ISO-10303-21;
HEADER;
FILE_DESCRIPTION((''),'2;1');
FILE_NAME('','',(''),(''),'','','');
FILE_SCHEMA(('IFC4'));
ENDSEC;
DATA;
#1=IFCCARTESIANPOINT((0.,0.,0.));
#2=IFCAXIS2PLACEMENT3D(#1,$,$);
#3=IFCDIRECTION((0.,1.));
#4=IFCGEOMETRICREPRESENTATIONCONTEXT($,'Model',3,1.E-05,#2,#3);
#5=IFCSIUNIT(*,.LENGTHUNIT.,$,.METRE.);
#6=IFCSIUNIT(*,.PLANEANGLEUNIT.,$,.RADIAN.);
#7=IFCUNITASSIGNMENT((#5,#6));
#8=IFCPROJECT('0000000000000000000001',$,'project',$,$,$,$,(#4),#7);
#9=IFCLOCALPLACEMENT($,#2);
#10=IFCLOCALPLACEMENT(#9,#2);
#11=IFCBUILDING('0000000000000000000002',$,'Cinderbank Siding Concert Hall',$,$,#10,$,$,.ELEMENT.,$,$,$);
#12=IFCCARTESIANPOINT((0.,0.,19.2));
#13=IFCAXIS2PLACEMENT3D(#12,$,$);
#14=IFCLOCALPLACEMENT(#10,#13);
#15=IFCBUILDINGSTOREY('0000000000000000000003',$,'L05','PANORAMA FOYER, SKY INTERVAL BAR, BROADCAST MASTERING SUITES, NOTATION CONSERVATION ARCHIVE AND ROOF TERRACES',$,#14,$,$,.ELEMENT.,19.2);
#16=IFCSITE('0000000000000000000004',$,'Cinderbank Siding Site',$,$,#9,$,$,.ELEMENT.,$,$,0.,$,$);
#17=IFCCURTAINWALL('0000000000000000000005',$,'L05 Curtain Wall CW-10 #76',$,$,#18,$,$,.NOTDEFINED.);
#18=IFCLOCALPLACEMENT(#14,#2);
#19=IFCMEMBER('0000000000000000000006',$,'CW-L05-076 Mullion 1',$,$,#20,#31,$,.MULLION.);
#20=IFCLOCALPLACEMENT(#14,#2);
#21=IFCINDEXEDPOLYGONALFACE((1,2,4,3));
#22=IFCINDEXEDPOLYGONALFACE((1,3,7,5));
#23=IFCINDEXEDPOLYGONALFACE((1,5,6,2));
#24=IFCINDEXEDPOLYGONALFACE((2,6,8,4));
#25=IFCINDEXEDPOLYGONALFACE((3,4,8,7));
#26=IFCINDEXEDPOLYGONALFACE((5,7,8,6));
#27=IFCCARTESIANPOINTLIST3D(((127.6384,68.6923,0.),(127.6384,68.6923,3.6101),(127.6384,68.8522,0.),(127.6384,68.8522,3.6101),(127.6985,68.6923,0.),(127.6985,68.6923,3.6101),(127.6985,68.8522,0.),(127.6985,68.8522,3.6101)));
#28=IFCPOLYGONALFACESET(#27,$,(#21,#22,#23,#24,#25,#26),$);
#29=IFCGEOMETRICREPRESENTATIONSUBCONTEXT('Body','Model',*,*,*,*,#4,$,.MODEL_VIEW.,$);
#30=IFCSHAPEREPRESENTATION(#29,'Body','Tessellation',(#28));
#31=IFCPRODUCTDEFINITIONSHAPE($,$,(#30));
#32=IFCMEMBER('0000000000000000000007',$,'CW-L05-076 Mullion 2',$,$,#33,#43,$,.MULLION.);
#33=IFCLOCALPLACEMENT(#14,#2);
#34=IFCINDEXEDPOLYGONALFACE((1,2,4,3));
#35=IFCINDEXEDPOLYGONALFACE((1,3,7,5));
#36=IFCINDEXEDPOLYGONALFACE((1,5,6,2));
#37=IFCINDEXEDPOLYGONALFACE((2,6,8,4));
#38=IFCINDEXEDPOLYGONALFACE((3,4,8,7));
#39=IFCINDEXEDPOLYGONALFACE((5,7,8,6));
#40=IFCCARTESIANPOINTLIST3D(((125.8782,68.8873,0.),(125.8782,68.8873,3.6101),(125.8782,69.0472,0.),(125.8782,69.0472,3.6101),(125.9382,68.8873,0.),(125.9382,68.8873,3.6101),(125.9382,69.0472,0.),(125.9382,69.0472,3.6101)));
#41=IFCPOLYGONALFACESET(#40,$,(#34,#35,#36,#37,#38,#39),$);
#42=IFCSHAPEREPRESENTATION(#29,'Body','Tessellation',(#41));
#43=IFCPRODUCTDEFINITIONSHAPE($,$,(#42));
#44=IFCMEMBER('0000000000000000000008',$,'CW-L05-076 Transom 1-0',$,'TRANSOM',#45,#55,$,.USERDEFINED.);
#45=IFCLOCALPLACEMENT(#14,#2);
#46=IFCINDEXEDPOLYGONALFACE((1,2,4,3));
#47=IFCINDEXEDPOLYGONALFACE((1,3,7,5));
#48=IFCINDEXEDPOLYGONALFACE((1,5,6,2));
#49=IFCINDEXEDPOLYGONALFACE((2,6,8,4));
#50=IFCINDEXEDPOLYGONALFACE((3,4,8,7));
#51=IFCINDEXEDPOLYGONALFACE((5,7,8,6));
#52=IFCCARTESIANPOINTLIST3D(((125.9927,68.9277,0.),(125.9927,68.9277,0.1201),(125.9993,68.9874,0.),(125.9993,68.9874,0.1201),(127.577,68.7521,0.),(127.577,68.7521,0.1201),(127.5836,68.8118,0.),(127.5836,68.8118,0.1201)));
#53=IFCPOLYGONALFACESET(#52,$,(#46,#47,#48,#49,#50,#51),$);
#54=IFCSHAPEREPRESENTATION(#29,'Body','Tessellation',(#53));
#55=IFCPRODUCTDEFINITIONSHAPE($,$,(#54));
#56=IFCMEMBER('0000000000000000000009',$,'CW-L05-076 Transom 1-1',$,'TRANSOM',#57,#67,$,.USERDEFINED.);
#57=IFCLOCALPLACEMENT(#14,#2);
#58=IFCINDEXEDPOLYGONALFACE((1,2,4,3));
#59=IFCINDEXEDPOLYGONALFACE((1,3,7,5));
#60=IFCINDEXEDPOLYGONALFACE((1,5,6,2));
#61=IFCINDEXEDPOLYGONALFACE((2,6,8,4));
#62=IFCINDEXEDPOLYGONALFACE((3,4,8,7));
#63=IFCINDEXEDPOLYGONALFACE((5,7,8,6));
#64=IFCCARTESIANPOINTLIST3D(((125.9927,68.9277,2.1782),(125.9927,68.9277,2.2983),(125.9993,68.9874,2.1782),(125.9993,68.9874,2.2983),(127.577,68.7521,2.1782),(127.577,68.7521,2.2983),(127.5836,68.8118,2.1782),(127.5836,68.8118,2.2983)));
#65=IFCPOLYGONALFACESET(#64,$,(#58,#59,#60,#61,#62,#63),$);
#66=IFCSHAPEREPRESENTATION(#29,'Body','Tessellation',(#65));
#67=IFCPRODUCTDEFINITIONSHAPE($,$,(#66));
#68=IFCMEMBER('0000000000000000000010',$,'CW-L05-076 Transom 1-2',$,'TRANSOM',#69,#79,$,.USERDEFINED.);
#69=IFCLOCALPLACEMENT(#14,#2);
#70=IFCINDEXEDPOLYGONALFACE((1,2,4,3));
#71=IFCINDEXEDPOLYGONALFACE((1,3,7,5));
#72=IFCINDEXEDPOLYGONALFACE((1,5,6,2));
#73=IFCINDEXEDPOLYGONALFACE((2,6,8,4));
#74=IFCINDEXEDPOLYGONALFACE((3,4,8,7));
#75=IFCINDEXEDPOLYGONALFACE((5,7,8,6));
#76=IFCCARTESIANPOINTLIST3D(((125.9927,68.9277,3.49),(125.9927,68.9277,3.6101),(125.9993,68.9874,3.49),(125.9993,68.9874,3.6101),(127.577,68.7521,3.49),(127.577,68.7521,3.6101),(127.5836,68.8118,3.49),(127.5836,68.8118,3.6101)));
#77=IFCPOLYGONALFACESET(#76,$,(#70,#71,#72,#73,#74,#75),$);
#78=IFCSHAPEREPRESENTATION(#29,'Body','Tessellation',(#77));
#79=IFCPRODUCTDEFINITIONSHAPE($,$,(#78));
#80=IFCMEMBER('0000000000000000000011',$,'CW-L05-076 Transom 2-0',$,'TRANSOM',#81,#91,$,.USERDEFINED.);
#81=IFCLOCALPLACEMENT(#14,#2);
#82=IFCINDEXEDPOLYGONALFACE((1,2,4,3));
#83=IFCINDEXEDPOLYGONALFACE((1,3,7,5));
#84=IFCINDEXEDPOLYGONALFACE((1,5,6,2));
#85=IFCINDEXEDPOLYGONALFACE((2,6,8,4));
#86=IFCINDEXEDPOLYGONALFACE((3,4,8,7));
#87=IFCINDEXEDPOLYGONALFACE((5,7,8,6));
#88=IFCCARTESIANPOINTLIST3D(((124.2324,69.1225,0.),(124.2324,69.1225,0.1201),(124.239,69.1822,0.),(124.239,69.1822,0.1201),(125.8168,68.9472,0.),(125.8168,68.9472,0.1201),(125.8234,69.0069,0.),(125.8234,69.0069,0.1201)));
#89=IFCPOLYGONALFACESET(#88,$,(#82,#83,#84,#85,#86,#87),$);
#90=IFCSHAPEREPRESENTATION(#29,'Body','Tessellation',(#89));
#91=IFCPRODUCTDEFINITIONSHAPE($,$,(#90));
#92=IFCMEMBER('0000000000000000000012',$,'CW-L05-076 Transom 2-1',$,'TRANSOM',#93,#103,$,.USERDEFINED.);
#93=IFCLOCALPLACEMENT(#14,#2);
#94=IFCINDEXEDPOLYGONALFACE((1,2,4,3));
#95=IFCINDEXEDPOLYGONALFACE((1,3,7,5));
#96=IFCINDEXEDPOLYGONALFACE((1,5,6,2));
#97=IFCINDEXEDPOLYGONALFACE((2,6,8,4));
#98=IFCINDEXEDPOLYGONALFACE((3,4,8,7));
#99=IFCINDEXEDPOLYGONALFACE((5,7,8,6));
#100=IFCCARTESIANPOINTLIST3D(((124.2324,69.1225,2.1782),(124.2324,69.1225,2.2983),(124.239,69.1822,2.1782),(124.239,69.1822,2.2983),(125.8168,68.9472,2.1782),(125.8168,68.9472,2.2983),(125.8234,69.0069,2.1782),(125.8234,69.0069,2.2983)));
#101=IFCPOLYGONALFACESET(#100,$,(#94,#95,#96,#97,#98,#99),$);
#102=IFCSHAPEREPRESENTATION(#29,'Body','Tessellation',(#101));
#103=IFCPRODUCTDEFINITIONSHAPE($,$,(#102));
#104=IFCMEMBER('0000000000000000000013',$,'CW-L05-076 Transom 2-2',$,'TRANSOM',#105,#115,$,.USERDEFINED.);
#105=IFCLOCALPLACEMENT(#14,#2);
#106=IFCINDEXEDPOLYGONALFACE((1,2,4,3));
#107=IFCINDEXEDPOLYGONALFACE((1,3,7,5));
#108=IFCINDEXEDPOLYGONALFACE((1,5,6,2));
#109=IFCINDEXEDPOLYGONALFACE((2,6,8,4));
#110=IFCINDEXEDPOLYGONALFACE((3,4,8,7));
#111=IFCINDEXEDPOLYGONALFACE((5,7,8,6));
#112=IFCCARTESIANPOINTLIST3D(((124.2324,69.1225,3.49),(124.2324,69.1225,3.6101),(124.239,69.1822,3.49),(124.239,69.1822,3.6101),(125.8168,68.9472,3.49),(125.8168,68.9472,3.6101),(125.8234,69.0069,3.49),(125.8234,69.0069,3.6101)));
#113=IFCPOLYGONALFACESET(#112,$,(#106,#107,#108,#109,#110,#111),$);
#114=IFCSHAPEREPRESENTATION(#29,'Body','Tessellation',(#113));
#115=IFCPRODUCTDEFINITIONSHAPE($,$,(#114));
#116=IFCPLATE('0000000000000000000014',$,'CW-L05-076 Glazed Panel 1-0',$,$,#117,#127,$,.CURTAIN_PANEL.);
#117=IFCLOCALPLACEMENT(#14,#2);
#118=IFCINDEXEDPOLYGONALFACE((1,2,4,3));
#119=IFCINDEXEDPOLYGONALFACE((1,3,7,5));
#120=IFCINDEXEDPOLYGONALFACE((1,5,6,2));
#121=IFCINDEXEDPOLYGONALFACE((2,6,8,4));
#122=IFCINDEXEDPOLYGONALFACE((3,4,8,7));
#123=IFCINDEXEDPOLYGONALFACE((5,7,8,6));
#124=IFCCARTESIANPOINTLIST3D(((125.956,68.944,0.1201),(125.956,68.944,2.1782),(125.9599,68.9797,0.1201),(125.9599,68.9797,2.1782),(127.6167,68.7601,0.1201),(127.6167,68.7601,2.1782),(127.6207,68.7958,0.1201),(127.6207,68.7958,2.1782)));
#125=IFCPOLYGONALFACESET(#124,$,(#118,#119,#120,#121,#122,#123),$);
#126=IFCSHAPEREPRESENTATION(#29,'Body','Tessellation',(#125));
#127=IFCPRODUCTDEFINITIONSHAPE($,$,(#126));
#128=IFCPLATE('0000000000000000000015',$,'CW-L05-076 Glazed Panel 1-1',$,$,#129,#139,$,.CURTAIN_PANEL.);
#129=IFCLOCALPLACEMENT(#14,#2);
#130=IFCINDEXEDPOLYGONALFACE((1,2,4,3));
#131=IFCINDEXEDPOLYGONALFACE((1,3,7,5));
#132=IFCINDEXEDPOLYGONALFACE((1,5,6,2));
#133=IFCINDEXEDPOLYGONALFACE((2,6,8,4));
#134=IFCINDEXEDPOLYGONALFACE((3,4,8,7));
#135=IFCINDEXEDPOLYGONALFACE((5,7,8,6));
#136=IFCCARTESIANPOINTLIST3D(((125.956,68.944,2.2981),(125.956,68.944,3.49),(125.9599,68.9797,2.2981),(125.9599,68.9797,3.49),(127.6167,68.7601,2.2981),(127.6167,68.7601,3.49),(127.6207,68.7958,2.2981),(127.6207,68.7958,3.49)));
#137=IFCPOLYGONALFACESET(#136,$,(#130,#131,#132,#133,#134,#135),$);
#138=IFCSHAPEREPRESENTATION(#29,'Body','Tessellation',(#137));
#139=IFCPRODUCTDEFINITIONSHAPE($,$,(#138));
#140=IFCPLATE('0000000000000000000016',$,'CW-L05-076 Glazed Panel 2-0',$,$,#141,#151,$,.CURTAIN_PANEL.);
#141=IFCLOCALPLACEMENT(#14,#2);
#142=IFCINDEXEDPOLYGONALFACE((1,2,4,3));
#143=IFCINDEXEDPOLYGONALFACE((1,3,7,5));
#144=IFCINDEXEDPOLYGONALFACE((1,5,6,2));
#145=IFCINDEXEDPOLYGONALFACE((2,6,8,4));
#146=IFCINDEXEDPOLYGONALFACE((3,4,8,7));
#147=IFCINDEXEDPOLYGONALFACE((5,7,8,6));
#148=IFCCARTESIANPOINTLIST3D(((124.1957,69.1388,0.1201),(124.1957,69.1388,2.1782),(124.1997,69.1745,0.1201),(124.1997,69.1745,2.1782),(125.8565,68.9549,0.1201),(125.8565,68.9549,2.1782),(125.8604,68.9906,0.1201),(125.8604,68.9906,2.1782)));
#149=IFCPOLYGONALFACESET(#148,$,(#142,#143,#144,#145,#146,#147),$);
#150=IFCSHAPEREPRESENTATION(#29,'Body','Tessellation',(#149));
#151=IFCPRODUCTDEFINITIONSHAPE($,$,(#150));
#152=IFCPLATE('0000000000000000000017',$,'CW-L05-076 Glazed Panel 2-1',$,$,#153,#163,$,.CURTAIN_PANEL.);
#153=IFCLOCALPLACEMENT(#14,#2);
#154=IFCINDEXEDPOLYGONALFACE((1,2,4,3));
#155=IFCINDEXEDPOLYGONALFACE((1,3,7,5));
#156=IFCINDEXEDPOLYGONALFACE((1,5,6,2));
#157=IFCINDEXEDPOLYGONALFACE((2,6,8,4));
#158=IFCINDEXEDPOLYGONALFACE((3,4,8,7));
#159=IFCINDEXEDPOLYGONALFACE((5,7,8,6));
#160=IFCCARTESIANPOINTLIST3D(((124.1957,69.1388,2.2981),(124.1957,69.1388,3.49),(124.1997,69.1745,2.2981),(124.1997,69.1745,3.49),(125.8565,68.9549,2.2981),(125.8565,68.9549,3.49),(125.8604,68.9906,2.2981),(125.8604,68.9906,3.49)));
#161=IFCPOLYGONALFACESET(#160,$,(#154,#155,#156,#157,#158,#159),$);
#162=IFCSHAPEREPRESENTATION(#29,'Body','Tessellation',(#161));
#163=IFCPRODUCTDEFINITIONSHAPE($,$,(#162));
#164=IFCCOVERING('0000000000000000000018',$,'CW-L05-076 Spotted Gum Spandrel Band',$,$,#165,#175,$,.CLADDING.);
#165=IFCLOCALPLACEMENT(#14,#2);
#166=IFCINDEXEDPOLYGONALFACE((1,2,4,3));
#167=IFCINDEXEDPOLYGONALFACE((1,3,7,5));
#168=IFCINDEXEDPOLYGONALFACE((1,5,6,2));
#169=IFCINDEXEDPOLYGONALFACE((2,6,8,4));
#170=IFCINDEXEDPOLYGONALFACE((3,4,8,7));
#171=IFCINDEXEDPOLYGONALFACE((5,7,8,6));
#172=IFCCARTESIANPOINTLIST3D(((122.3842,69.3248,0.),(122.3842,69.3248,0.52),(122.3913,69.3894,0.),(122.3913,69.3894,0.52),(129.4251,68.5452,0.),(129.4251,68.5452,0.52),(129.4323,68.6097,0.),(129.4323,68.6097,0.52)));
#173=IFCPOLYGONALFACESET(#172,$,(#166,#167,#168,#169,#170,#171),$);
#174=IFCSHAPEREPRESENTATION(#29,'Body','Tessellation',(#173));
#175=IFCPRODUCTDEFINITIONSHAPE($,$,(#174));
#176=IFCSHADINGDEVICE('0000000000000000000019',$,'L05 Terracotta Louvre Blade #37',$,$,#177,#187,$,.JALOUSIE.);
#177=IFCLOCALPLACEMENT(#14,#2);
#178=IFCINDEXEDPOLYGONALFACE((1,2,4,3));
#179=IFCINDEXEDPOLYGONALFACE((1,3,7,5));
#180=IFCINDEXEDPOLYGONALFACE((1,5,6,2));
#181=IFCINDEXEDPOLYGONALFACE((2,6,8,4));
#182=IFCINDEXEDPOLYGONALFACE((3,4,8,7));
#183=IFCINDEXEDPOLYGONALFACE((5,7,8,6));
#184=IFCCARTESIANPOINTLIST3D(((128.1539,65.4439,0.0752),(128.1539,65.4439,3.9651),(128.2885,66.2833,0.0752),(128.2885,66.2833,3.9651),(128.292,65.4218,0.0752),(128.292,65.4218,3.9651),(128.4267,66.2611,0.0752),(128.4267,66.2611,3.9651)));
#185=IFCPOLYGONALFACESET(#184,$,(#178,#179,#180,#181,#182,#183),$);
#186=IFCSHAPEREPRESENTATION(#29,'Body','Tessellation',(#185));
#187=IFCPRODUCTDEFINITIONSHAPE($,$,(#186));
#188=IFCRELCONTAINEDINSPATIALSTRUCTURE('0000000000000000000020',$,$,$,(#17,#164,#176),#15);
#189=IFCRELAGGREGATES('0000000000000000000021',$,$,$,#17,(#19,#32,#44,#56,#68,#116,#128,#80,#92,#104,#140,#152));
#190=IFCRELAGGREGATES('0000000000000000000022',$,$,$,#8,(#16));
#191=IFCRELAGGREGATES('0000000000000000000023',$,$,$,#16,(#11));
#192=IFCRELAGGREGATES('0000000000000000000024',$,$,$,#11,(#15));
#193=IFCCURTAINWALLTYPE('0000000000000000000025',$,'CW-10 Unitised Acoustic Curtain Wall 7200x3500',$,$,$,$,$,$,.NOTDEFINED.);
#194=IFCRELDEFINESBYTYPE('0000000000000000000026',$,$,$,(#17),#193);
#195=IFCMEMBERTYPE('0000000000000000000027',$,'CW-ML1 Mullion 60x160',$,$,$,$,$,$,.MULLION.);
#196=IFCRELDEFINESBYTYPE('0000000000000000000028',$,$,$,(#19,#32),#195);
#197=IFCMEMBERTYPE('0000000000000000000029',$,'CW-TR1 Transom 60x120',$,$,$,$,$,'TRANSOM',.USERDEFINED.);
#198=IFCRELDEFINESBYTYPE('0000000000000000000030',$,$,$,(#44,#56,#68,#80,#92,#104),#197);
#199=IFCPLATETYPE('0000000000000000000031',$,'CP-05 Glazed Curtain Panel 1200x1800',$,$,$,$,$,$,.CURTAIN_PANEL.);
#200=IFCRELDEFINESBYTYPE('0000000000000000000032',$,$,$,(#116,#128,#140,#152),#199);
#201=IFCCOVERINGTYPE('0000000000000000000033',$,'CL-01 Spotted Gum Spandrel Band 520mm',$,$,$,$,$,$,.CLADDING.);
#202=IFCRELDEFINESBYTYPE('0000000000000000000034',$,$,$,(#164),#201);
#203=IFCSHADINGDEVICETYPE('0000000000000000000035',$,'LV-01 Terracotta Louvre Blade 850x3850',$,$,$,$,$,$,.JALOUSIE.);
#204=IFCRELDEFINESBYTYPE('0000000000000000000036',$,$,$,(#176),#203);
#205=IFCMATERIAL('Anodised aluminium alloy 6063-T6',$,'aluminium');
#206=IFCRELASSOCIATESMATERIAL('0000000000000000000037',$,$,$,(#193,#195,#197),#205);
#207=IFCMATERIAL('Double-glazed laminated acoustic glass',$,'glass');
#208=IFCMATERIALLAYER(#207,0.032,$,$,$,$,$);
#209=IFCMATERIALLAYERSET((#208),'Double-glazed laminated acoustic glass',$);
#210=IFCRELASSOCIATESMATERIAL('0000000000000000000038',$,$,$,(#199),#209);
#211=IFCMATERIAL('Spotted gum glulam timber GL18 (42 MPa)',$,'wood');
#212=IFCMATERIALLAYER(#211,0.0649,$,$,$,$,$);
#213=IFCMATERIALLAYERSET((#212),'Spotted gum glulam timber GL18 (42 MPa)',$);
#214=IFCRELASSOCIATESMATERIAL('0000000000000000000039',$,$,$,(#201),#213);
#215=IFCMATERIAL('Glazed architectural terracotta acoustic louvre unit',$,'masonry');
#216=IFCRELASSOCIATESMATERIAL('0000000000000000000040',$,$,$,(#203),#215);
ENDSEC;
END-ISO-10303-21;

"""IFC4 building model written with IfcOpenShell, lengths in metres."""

from ifc_helpers import new_model, si_unit, direction, frame, origin, origin_2d, place, context, subcontext, project, spatial, rectangle, extrude, material, layer, layer_set, material_profile, profile_set, type_object, element, aggregate, save


model = new_model("IFC4")

# Units and contexts
model_context = context("Model", 3, precision=1e-05, world=origin(), true_north=direction((0.0, 1.0)))
body_context = subcontext(model_context, "Body", "Model", "MODEL_VIEW")
ifc_project = project(units=[si_unit("LENGTHUNIT", "METRE"), si_unit("PLANEANGLEUNIT", "RADIAN")], contexts=[model_context])

# Site, building, storey
site_placement = place(None, origin())
site = spatial("IfcSite", under=ifc_project, at=site_placement, Name="Cinderbank Siding Site", CompositionType="ELEMENT", RefElevation=0.0)
building_placement = place(site_placement, origin())
building = spatial("IfcBuilding", under=site, at=building_placement, Name="Cinderbank Siding Concert Hall", CompositionType="ELEMENT")
storey_placement = place(building_placement, frame((0.0, 0.0, 19.2)))
storey = spatial("IfcBuildingStorey", under=building, at=storey_placement, Name="L05", Description="PANORAMA FOYER, SKY INTERVAL BAR, BROADCAST MASTERING SUITES, NOTATION CONSERVATION ARCHIVE AND ROOF TERRACES", CompositionType="ELEMENT", Elevation=19.2)

# Curtain wall, members, plates
ifc_material_1 = material(Name="Anodised aluminium alloy 6063-T6", Category="aluminium")
curtain_wall_type = type_object("IfcCurtainWallType", Name="CW-10 Unitised Acoustic Curtain Wall 7200x3500", PredefinedType="NOTDEFINED", material=ifc_material_1)
curtain_wall_placement = place(storey_placement, origin())
curtain_wall = element("IfcCurtainWall", 1, at=curtain_wall_placement, inside=storey, type_object=curtain_wall_type, Name="L05 Curtain Wall CW-10 #76", PredefinedType="NOTDEFINED")
ifc_material_profile_1 = material_profile(ifc_material_1, rectangle(XDim=0.0601, YDim=0.1599, at=origin_2d()), Name="ALU-MULL-60x160", Category="LoadBearing")
ifc_profile_set_1 = profile_set([ifc_material_profile_1], Name="Anodised aluminium alloy 6063-T6")
member_type_1 = type_object("IfcMemberType", Name="CW-ML1 Mullion 60x160", PredefinedType="MULLION", material=ifc_profile_set_1)
member_1_placement = place(storey_placement, frame((127.6685, 68.7722, 0.0), z_axis=(0.0, 0.0, 1.0), x_axis=(1.0, 0.0, 0.0)))
member_1 = element("IfcMember", 2, at=member_1_placement, type_object=member_type_1, Name="CW-L05-076 Mullion 1", PredefinedType="MULLION", context=body_context, shape_type="SweptSolid", body=[
    extrude(rectangle(XDim=0.0601, YDim=0.1599, at=origin_2d()), origin(), (0.0, 0.0, 1.0), 3.6101),
])
member_2_placement = place(storey_placement, frame((125.9082, 68.9673, 0.0), z_axis=(0.0, 0.0, 1.0), x_axis=(1.0, 0.0, 0.0)))
member_2 = element("IfcMember", 3, at=member_2_placement, type_object=member_type_1, Name="CW-L05-076 Mullion 2", PredefinedType="MULLION", context=body_context, shape_type="SweptSolid", body=[
    extrude(rectangle(XDim=0.0601, YDim=0.1599, at=origin_2d()), origin(), (0.0, 0.0, 1.0), 3.6101),
])
ifc_material_profile_2 = material_profile(ifc_material_1, rectangle(XDim=0.0601, YDim=0.1201, at=origin_2d()), Name="ALU-TRAN-60x120", Category="LoadBearing")
ifc_profile_set_2 = profile_set([ifc_material_profile_2], Name="Anodised aluminium alloy 6063-T6")
member_type_2 = type_object("IfcMemberType", Name="CW-TR1 Transom 60x120", ElementType="TRANSOM", PredefinedType="USERDEFINED", material=ifc_profile_set_2)
member_3_placement = place(storey_placement, frame((127.5803, 68.782, 0.0601), z_axis=(-0.993917, 0.110129, 0.0), x_axis=(-0.110129, -0.993917, 0.0)))
member_3 = element("IfcMember", 4, at=member_3_placement, type_object=member_type_2, Name="CW-L05-076 Transom 1-0", ObjectType="TRANSOM", PredefinedType="USERDEFINED", context=body_context, shape_type="SweptSolid", body=[
    extrude(rectangle(XDim=0.0601, YDim=0.1201, at=origin_2d()), origin(), (0.0, 0.0, 1.0), 1.594),
])
member_4_placement = place(storey_placement, frame((127.5803, 68.782, 2.2383), z_axis=(-0.993917, 0.110129, 0.0), x_axis=(-0.110129, -0.993917, 0.0)))
member_4 = element("IfcMember", 5, at=member_4_placement, type_object=member_type_2, Name="CW-L05-076 Transom 1-1", ObjectType="TRANSOM", PredefinedType="USERDEFINED", context=body_context, shape_type="SweptSolid", body=[
    extrude(rectangle(XDim=0.0601, YDim=0.1201, at=origin_2d()), origin(), (0.0, 0.0, 1.0), 1.594),
])
member_5_placement = place(storey_placement, frame((127.5803, 68.782, 3.55), z_axis=(-0.993917, 0.110129, 0.0), x_axis=(-0.110129, -0.993917, 0.0)))
member_5 = element("IfcMember", 6, at=member_5_placement, type_object=member_type_2, Name="CW-L05-076 Transom 1-2", ObjectType="TRANSOM", PredefinedType="USERDEFINED", context=body_context, shape_type="SweptSolid", body=[
    extrude(rectangle(XDim=0.0601, YDim=0.1201, at=origin_2d()), origin(), (0.0, 0.0, 1.0), 1.594),
])
member_6_placement = place(storey_placement, frame((125.8201, 68.9771, 0.0601), z_axis=(-0.993934, 0.109978, 0.0), x_axis=(-0.109978, -0.993934, 0.0)))
member_6 = element("IfcMember", 7, at=member_6_placement, type_object=member_type_2, Name="CW-L05-076 Transom 2-0", ObjectType="TRANSOM", PredefinedType="USERDEFINED", context=body_context, shape_type="SweptSolid", body=[
    extrude(rectangle(XDim=0.0601, YDim=0.1201, at=origin_2d()), origin(), (0.0, 0.0, 1.0), 1.594),
])
member_7_placement = place(storey_placement, frame((125.8201, 68.9771, 2.2383), z_axis=(-0.993934, 0.109978, 0.0), x_axis=(-0.109978, -0.993934, 0.0)))
member_7 = element("IfcMember", 8, at=member_7_placement, type_object=member_type_2, Name="CW-L05-076 Transom 2-1", ObjectType="TRANSOM", PredefinedType="USERDEFINED", context=body_context, shape_type="SweptSolid", body=[
    extrude(rectangle(XDim=0.0601, YDim=0.1201, at=origin_2d()), origin(), (0.0, 0.0, 1.0), 1.594),
])
member_8_placement = place(storey_placement, frame((125.8201, 68.9771, 3.55), z_axis=(-0.993934, 0.109978, 0.0), x_axis=(-0.109978, -0.993934, 0.0)))
member_8 = element("IfcMember", 9, at=member_8_placement, type_object=member_type_2, Name="CW-L05-076 Transom 2-2", ObjectType="TRANSOM", PredefinedType="USERDEFINED", context=body_context, shape_type="SweptSolid", body=[
    extrude(rectangle(XDim=0.0601, YDim=0.1201, at=origin_2d()), origin(), (0.0, 0.0, 1.0), 1.594),
])
ifc_material_2 = material(Name="Double-glazed laminated acoustic glass", Category="glass")
ifc_layer_1 = layer(ifc_material_2, 0.032)
ifc_layer_set_1 = layer_set([ifc_layer_1], Name="Double-glazed laminated acoustic glass")
plate_type = type_object("IfcPlateType", Name="CP-05 Glazed Curtain Panel 1200x1800", PredefinedType="CURTAIN_PANEL", material=ifc_layer_set_1)
plate_1_placement = place(storey_placement, frame((126.7883, 68.8699, 0.1201), z_axis=(0.0, 0.0, 1.0), x_axis=(-0.993925, 0.110057, 0.0)))
plate_1 = element("IfcPlate", 10, at=plate_1_placement, type_object=plate_type, Name="CW-L05-076 Glazed Panel 1-0", PredefinedType="CURTAIN_PANEL", context=body_context, shape_type="SweptSolid", body=[
    extrude(rectangle(XDim=1.6709, YDim=0.0359, at=origin_2d()), origin(), (0.0, 0.0, 1.0), 2.0581),
])
plate_2_placement = place(storey_placement, frame((126.7883, 68.8699, 2.2981), z_axis=(0.0, 0.0, 1.0), x_axis=(-0.993925, 0.110057, 0.0)))
plate_2 = element("IfcPlate", 11, at=plate_2_placement, type_object=plate_type, Name="CW-L05-076 Glazed Panel 1-1", PredefinedType="CURTAIN_PANEL", context=body_context, shape_type="SweptSolid", body=[
    extrude(rectangle(XDim=1.6709, YDim=0.0359, at=origin_2d()), origin(), (0.0, 0.0, 1.0), 1.1919),
])
plate_3_placement = place(storey_placement, frame((125.0281, 69.0647, 0.1201), z_axis=(0.0, 0.0, 1.0), x_axis=(-0.993925, 0.110057, 0.0)))
plate_3 = element("IfcPlate", 12, at=plate_3_placement, type_object=plate_type, Name="CW-L05-076 Glazed Panel 2-0", PredefinedType="CURTAIN_PANEL", context=body_context, shape_type="SweptSolid", body=[
    extrude(rectangle(XDim=1.6709, YDim=0.0359, at=origin_2d()), origin(), (0.0, 0.0, 1.0), 2.0581),
])
plate_4_placement = place(storey_placement, frame((125.0281, 69.0647, 2.2981), z_axis=(0.0, 0.0, 1.0), x_axis=(-0.993925, 0.110057, 0.0)))
plate_4 = element("IfcPlate", 13, at=plate_4_placement, type_object=plate_type, Name="CW-L05-076 Glazed Panel 2-1", PredefinedType="CURTAIN_PANEL", context=body_context, shape_type="SweptSolid", body=[
    extrude(rectangle(XDim=1.6709, YDim=0.0359, at=origin_2d()), origin(), (0.0, 0.0, 1.0), 1.1919),
])
aggregate(curtain_wall, [member_1, member_2, member_3, member_4, member_5, plate_1, plate_2, member_6, member_7, member_8, plate_3, plate_4])

# Covering
ifc_material_3 = material(Name="Spotted gum glulam timber GL18 (42 MPa)", Category="wood")
ifc_layer_2 = layer(ifc_material_3, 0.0649)
ifc_layer_set_2 = layer_set([ifc_layer_2], Name="Spotted gum glulam timber GL18 (42 MPa)")
covering_type = type_object("IfcCoveringType", Name="CL-01 Spotted Gum Spandrel Band 520mm", PredefinedType="CLADDING", material=ifc_layer_set_2)
covering_placement = place(storey_placement, frame((125.9082, 68.9673, 0.0), z_axis=(0.0, 0.0, 1.0), x_axis=(-0.993925, 0.110057, 0.0)))
element("IfcCovering", 14, at=covering_placement, inside=storey, type_object=covering_type, Name="CW-L05-076 Spotted Gum Spandrel Band", PredefinedType="CLADDING", context=body_context, shape_type="SweptSolid", body=[
    extrude(rectangle(XDim=7.084, YDim=0.0649, at=origin_2d()), origin(), (0.0, 0.0, 1.0), 0.52),
])

# Shading device
ifc_material_4 = material(Name="Glazed architectural terracotta acoustic louvre unit", Category="masonry")
shading_device_type = type_object("IfcShadingDeviceType", Name="LV-01 Terracotta Louvre Blade 850x3850", PredefinedType="JALOUSIE", material=ifc_material_4)
for number, where, z_axis, x_axis, name in (
    (15, (128.2903, 65.8525, 0.0752), (0.0, 0.0, 1.0), (0.158354, 0.987382, 0.0), "L05 Terracotta Louvre Blade #37"),
):
    element("IfcShadingDevice", number, at=place(storey_placement, frame(where, z_axis=z_axis, x_axis=x_axis)), inside=storey, type_object=shading_device_type, Name=name, PredefinedType="JALOUSIE", context=body_context, shape_type="SweptSolid", body=[
        extrude(rectangle(XDim=0.8501, YDim=0.1399, at=origin_2d()), origin(), (0.0, 0.0, 1.0), 3.8899),
    ])

save(model, "model.ifc")
